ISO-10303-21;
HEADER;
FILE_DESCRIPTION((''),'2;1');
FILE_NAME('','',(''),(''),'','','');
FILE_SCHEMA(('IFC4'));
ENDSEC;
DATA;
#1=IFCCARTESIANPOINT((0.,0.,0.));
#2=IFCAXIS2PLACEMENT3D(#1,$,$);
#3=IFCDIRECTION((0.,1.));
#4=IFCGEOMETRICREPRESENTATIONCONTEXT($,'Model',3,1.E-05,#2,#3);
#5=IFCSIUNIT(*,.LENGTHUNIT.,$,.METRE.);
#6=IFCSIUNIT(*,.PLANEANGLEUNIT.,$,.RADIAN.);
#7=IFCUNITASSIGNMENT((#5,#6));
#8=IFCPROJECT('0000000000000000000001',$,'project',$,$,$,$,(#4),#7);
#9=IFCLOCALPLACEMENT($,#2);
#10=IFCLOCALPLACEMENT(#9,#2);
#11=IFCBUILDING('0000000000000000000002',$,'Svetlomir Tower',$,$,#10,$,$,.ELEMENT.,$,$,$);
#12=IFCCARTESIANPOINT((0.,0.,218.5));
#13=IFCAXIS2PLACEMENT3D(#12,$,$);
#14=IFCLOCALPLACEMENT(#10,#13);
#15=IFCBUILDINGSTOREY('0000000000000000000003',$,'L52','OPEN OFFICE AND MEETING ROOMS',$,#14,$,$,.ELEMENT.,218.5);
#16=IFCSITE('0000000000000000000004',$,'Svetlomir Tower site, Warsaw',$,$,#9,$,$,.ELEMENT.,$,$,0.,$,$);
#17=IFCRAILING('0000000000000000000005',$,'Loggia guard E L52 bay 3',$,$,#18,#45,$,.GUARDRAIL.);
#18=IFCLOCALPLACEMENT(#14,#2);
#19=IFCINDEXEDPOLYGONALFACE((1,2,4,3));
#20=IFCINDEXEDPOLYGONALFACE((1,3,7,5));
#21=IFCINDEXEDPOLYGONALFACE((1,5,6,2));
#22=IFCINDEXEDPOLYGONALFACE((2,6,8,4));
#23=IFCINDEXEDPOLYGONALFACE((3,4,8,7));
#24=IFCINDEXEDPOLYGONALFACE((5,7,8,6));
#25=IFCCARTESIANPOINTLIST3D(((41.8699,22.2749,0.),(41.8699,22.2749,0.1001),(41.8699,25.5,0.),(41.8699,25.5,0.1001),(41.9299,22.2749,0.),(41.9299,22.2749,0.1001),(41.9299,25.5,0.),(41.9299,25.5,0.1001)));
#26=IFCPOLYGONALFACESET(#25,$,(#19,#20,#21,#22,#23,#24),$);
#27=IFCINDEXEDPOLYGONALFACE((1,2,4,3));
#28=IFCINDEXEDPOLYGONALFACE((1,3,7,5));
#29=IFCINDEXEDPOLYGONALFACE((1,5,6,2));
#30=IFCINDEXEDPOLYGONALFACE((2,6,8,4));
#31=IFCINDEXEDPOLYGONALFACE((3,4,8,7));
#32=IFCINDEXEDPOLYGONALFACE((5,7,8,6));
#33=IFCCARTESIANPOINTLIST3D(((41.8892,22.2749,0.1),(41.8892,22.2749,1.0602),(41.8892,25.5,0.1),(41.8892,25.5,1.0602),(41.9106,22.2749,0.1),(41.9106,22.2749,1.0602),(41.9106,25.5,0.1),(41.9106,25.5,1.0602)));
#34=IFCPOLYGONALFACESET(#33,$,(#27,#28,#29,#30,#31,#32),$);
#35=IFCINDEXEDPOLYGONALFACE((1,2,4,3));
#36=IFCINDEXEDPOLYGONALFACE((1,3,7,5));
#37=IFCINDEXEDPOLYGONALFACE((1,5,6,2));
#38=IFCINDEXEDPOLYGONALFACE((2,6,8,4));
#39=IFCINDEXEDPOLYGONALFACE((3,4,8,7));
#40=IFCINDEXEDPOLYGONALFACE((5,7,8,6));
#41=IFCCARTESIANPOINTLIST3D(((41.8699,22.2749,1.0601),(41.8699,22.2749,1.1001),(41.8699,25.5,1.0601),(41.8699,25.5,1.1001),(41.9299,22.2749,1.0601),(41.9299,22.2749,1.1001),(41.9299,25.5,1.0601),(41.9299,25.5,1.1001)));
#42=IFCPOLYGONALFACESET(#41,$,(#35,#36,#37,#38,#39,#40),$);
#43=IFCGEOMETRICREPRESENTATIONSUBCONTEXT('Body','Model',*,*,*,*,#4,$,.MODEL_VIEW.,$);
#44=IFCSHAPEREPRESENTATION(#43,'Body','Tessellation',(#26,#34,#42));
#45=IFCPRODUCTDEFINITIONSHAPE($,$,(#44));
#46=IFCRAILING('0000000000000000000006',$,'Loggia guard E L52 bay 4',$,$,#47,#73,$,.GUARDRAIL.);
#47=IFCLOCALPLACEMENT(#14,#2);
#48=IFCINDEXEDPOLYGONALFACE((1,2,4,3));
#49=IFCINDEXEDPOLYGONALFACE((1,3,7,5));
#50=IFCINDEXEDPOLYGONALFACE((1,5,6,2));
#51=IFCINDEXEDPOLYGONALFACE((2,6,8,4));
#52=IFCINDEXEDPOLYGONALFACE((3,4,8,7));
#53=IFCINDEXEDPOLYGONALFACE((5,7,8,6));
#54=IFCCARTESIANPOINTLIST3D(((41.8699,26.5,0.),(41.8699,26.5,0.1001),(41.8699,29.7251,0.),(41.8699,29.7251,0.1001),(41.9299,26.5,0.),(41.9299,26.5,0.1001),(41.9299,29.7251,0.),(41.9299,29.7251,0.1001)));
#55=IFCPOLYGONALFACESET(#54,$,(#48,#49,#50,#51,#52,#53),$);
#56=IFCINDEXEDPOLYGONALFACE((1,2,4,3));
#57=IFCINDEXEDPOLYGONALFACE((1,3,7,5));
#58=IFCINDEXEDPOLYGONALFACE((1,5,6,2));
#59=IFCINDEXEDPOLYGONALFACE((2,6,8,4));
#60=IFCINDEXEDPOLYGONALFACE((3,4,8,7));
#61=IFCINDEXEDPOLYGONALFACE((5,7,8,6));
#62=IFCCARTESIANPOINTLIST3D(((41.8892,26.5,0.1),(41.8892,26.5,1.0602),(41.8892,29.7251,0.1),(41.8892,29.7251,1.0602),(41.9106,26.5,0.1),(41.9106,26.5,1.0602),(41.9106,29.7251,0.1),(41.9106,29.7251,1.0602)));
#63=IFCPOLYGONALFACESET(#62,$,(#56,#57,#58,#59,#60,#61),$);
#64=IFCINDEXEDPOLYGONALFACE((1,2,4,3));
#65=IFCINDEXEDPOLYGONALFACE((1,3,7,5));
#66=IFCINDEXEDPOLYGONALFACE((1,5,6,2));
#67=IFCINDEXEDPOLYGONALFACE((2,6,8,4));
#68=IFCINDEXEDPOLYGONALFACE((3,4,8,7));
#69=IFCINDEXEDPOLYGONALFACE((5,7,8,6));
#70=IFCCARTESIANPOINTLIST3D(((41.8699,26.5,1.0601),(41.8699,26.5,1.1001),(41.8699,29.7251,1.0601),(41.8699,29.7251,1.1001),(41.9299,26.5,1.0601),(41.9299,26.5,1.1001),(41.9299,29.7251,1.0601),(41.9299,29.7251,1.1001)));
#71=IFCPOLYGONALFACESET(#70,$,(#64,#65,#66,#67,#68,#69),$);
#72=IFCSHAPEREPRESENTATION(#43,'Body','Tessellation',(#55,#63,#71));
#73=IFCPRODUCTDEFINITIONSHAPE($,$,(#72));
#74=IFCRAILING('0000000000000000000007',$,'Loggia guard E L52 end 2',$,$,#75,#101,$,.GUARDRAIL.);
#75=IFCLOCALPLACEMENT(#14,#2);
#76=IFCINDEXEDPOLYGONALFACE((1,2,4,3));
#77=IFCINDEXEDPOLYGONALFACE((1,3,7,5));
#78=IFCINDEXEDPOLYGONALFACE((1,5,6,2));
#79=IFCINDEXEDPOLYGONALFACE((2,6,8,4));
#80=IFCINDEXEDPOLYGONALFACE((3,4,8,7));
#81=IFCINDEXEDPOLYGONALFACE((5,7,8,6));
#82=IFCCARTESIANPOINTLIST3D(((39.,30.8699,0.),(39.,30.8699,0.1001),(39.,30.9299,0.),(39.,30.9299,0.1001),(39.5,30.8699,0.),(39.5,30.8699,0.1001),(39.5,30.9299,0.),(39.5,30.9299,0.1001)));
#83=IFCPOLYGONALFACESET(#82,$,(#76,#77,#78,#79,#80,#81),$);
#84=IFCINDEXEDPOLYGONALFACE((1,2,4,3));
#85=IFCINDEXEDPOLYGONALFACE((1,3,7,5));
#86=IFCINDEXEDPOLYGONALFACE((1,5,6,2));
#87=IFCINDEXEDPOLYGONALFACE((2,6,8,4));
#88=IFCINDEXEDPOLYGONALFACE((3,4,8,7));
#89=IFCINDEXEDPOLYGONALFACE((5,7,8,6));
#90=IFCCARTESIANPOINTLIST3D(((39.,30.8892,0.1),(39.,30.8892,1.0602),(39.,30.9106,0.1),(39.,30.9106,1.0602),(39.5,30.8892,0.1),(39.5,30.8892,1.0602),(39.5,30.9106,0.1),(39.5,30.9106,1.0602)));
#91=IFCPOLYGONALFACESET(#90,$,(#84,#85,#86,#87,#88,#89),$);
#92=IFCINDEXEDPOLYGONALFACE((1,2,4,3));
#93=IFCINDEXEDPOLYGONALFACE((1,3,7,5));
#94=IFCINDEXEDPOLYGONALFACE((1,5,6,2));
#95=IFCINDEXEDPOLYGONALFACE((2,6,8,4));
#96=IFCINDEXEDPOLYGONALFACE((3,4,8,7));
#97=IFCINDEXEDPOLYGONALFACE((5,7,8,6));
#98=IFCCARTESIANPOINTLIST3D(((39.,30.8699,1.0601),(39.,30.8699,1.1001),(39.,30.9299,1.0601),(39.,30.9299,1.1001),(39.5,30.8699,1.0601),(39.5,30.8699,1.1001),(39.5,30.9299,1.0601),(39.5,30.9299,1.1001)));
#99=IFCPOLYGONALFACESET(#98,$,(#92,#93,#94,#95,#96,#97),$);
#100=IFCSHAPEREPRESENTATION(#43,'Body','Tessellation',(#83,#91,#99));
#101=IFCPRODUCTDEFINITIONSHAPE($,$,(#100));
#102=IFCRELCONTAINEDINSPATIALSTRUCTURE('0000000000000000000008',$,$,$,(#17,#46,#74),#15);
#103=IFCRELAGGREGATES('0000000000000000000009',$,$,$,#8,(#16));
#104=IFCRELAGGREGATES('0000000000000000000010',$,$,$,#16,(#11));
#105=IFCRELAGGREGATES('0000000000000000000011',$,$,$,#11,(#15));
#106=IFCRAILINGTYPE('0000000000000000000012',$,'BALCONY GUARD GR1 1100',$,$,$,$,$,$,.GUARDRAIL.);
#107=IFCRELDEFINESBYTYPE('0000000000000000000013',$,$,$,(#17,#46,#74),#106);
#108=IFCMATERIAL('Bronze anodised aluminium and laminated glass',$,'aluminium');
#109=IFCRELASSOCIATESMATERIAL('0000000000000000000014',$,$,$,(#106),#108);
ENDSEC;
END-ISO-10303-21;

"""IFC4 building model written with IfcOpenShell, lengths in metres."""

from ifc_helpers import new_model, si_unit, direction, frame, origin, origin_2d, place, context, subcontext, project, spatial, rectangle, extrude, material, type_object, element, save


model = new_model("IFC4")

# Units and contexts
model_context = context("Model", 3, precision=1e-05, world=origin(), true_north=direction((0.0, 1.0)))
body_context = subcontext(model_context, "Body", "Model", "MODEL_VIEW")
ifc_project = project(units=[si_unit("LENGTHUNIT", "METRE"), si_unit("PLANEANGLEUNIT", "RADIAN")], contexts=[model_context])

# Site, building, storey
site_placement = place(None, origin())
site = spatial("IfcSite", under=ifc_project, at=site_placement, Name="Svetlomir Tower site, Warsaw", CompositionType="ELEMENT", RefElevation=0.0)
building_placement = place(site_placement, origin())
building = spatial("IfcBuilding", under=site, at=building_placement, Name="Svetlomir Tower", CompositionType="ELEMENT")
storey_placement = place(building_placement, frame((0.0, 0.0, 218.5)))
storey = spatial("IfcBuildingStorey", under=building, at=storey_placement, Name="L52", Description="OPEN OFFICE AND MEETING ROOMS", CompositionType="ELEMENT", Elevation=218.5)

# Railings
ifc_material_1 = material(Name="Bronze anodised aluminium and laminated glass", Category="aluminium")
railing_type = type_object("IfcRailingType", Name="BALCONY GUARD GR1 1100", PredefinedType="GUARDRAIL", material=ifc_material_1)
for number, where, name in (
    (1, (41.8999, 22.2749, 0.0), "Loggia guard E L52 bay 3"),
    (2, (41.8999, 26.5, 0.0), "Loggia guard E L52 bay 4"),
):
    element("IfcRailing", number, at=place(storey_placement, frame(where)), inside=storey, type_object=railing_type, Name=name, PredefinedType="GUARDRAIL", context=body_context, shape_type="SweptSolid", body=[
        extrude(rectangle(XDim=0.0601, YDim=0.1001, at=origin_2d()), frame((0.0, 0.0, 0.05), z_axis=(0.0, 1.0, 0.0), x_axis=(-1.0, 0.0, 0.0)), (0.0, 0.0, 1.0), 3.2251),
        extrude(rectangle(XDim=0.0215, YDim=0.9602, at=origin_2d()), frame((0.0, 0.0, 0.5801), z_axis=(0.0, 1.0, 0.0), x_axis=(-1.0, 0.0, 0.0)), (0.0, 0.0, 1.0), 3.2251),
        extrude(rectangle(XDim=0.0601, YDim=0.04, at=origin_2d()), frame((0.0, 0.0, 1.0801), z_axis=(0.0, 1.0, 0.0), x_axis=(-1.0, 0.0, 0.0)), (0.0, 0.0, 1.0), 3.2251),
    ])
railing_placement = place(storey_placement, frame((39.5, 30.8999, 0.0)))
element("IfcRailing", 3, at=railing_placement, inside=storey, type_object=railing_type, Name="Loggia guard E L52 end 2", PredefinedType="GUARDRAIL", context=body_context, shape_type="SweptSolid", body=[
    extrude(rectangle(XDim=0.0601, YDim=0.1001, at=origin_2d()), frame((0.0, 0.0, 0.05), z_axis=(-1.0, 0.0, 0.0), x_axis=(0.0, -1.0, 0.0)), (0.0, 0.0, 1.0), 0.5),
    extrude(rectangle(XDim=0.0215, YDim=0.9602, at=origin_2d()), frame((0.0, 0.0, 0.5801), z_axis=(-1.0, 0.0, 0.0), x_axis=(0.0, -1.0, 0.0)), (0.0, 0.0, 1.0), 0.5),
    extrude(rectangle(XDim=0.0601, YDim=0.04, at=origin_2d()), frame((0.0, 0.0, 1.0801), z_axis=(-1.0, 0.0, 0.0), x_axis=(0.0, -1.0, 0.0)), (0.0, 0.0, 1.0), 0.5),
])

save(model, "model.ifc")
